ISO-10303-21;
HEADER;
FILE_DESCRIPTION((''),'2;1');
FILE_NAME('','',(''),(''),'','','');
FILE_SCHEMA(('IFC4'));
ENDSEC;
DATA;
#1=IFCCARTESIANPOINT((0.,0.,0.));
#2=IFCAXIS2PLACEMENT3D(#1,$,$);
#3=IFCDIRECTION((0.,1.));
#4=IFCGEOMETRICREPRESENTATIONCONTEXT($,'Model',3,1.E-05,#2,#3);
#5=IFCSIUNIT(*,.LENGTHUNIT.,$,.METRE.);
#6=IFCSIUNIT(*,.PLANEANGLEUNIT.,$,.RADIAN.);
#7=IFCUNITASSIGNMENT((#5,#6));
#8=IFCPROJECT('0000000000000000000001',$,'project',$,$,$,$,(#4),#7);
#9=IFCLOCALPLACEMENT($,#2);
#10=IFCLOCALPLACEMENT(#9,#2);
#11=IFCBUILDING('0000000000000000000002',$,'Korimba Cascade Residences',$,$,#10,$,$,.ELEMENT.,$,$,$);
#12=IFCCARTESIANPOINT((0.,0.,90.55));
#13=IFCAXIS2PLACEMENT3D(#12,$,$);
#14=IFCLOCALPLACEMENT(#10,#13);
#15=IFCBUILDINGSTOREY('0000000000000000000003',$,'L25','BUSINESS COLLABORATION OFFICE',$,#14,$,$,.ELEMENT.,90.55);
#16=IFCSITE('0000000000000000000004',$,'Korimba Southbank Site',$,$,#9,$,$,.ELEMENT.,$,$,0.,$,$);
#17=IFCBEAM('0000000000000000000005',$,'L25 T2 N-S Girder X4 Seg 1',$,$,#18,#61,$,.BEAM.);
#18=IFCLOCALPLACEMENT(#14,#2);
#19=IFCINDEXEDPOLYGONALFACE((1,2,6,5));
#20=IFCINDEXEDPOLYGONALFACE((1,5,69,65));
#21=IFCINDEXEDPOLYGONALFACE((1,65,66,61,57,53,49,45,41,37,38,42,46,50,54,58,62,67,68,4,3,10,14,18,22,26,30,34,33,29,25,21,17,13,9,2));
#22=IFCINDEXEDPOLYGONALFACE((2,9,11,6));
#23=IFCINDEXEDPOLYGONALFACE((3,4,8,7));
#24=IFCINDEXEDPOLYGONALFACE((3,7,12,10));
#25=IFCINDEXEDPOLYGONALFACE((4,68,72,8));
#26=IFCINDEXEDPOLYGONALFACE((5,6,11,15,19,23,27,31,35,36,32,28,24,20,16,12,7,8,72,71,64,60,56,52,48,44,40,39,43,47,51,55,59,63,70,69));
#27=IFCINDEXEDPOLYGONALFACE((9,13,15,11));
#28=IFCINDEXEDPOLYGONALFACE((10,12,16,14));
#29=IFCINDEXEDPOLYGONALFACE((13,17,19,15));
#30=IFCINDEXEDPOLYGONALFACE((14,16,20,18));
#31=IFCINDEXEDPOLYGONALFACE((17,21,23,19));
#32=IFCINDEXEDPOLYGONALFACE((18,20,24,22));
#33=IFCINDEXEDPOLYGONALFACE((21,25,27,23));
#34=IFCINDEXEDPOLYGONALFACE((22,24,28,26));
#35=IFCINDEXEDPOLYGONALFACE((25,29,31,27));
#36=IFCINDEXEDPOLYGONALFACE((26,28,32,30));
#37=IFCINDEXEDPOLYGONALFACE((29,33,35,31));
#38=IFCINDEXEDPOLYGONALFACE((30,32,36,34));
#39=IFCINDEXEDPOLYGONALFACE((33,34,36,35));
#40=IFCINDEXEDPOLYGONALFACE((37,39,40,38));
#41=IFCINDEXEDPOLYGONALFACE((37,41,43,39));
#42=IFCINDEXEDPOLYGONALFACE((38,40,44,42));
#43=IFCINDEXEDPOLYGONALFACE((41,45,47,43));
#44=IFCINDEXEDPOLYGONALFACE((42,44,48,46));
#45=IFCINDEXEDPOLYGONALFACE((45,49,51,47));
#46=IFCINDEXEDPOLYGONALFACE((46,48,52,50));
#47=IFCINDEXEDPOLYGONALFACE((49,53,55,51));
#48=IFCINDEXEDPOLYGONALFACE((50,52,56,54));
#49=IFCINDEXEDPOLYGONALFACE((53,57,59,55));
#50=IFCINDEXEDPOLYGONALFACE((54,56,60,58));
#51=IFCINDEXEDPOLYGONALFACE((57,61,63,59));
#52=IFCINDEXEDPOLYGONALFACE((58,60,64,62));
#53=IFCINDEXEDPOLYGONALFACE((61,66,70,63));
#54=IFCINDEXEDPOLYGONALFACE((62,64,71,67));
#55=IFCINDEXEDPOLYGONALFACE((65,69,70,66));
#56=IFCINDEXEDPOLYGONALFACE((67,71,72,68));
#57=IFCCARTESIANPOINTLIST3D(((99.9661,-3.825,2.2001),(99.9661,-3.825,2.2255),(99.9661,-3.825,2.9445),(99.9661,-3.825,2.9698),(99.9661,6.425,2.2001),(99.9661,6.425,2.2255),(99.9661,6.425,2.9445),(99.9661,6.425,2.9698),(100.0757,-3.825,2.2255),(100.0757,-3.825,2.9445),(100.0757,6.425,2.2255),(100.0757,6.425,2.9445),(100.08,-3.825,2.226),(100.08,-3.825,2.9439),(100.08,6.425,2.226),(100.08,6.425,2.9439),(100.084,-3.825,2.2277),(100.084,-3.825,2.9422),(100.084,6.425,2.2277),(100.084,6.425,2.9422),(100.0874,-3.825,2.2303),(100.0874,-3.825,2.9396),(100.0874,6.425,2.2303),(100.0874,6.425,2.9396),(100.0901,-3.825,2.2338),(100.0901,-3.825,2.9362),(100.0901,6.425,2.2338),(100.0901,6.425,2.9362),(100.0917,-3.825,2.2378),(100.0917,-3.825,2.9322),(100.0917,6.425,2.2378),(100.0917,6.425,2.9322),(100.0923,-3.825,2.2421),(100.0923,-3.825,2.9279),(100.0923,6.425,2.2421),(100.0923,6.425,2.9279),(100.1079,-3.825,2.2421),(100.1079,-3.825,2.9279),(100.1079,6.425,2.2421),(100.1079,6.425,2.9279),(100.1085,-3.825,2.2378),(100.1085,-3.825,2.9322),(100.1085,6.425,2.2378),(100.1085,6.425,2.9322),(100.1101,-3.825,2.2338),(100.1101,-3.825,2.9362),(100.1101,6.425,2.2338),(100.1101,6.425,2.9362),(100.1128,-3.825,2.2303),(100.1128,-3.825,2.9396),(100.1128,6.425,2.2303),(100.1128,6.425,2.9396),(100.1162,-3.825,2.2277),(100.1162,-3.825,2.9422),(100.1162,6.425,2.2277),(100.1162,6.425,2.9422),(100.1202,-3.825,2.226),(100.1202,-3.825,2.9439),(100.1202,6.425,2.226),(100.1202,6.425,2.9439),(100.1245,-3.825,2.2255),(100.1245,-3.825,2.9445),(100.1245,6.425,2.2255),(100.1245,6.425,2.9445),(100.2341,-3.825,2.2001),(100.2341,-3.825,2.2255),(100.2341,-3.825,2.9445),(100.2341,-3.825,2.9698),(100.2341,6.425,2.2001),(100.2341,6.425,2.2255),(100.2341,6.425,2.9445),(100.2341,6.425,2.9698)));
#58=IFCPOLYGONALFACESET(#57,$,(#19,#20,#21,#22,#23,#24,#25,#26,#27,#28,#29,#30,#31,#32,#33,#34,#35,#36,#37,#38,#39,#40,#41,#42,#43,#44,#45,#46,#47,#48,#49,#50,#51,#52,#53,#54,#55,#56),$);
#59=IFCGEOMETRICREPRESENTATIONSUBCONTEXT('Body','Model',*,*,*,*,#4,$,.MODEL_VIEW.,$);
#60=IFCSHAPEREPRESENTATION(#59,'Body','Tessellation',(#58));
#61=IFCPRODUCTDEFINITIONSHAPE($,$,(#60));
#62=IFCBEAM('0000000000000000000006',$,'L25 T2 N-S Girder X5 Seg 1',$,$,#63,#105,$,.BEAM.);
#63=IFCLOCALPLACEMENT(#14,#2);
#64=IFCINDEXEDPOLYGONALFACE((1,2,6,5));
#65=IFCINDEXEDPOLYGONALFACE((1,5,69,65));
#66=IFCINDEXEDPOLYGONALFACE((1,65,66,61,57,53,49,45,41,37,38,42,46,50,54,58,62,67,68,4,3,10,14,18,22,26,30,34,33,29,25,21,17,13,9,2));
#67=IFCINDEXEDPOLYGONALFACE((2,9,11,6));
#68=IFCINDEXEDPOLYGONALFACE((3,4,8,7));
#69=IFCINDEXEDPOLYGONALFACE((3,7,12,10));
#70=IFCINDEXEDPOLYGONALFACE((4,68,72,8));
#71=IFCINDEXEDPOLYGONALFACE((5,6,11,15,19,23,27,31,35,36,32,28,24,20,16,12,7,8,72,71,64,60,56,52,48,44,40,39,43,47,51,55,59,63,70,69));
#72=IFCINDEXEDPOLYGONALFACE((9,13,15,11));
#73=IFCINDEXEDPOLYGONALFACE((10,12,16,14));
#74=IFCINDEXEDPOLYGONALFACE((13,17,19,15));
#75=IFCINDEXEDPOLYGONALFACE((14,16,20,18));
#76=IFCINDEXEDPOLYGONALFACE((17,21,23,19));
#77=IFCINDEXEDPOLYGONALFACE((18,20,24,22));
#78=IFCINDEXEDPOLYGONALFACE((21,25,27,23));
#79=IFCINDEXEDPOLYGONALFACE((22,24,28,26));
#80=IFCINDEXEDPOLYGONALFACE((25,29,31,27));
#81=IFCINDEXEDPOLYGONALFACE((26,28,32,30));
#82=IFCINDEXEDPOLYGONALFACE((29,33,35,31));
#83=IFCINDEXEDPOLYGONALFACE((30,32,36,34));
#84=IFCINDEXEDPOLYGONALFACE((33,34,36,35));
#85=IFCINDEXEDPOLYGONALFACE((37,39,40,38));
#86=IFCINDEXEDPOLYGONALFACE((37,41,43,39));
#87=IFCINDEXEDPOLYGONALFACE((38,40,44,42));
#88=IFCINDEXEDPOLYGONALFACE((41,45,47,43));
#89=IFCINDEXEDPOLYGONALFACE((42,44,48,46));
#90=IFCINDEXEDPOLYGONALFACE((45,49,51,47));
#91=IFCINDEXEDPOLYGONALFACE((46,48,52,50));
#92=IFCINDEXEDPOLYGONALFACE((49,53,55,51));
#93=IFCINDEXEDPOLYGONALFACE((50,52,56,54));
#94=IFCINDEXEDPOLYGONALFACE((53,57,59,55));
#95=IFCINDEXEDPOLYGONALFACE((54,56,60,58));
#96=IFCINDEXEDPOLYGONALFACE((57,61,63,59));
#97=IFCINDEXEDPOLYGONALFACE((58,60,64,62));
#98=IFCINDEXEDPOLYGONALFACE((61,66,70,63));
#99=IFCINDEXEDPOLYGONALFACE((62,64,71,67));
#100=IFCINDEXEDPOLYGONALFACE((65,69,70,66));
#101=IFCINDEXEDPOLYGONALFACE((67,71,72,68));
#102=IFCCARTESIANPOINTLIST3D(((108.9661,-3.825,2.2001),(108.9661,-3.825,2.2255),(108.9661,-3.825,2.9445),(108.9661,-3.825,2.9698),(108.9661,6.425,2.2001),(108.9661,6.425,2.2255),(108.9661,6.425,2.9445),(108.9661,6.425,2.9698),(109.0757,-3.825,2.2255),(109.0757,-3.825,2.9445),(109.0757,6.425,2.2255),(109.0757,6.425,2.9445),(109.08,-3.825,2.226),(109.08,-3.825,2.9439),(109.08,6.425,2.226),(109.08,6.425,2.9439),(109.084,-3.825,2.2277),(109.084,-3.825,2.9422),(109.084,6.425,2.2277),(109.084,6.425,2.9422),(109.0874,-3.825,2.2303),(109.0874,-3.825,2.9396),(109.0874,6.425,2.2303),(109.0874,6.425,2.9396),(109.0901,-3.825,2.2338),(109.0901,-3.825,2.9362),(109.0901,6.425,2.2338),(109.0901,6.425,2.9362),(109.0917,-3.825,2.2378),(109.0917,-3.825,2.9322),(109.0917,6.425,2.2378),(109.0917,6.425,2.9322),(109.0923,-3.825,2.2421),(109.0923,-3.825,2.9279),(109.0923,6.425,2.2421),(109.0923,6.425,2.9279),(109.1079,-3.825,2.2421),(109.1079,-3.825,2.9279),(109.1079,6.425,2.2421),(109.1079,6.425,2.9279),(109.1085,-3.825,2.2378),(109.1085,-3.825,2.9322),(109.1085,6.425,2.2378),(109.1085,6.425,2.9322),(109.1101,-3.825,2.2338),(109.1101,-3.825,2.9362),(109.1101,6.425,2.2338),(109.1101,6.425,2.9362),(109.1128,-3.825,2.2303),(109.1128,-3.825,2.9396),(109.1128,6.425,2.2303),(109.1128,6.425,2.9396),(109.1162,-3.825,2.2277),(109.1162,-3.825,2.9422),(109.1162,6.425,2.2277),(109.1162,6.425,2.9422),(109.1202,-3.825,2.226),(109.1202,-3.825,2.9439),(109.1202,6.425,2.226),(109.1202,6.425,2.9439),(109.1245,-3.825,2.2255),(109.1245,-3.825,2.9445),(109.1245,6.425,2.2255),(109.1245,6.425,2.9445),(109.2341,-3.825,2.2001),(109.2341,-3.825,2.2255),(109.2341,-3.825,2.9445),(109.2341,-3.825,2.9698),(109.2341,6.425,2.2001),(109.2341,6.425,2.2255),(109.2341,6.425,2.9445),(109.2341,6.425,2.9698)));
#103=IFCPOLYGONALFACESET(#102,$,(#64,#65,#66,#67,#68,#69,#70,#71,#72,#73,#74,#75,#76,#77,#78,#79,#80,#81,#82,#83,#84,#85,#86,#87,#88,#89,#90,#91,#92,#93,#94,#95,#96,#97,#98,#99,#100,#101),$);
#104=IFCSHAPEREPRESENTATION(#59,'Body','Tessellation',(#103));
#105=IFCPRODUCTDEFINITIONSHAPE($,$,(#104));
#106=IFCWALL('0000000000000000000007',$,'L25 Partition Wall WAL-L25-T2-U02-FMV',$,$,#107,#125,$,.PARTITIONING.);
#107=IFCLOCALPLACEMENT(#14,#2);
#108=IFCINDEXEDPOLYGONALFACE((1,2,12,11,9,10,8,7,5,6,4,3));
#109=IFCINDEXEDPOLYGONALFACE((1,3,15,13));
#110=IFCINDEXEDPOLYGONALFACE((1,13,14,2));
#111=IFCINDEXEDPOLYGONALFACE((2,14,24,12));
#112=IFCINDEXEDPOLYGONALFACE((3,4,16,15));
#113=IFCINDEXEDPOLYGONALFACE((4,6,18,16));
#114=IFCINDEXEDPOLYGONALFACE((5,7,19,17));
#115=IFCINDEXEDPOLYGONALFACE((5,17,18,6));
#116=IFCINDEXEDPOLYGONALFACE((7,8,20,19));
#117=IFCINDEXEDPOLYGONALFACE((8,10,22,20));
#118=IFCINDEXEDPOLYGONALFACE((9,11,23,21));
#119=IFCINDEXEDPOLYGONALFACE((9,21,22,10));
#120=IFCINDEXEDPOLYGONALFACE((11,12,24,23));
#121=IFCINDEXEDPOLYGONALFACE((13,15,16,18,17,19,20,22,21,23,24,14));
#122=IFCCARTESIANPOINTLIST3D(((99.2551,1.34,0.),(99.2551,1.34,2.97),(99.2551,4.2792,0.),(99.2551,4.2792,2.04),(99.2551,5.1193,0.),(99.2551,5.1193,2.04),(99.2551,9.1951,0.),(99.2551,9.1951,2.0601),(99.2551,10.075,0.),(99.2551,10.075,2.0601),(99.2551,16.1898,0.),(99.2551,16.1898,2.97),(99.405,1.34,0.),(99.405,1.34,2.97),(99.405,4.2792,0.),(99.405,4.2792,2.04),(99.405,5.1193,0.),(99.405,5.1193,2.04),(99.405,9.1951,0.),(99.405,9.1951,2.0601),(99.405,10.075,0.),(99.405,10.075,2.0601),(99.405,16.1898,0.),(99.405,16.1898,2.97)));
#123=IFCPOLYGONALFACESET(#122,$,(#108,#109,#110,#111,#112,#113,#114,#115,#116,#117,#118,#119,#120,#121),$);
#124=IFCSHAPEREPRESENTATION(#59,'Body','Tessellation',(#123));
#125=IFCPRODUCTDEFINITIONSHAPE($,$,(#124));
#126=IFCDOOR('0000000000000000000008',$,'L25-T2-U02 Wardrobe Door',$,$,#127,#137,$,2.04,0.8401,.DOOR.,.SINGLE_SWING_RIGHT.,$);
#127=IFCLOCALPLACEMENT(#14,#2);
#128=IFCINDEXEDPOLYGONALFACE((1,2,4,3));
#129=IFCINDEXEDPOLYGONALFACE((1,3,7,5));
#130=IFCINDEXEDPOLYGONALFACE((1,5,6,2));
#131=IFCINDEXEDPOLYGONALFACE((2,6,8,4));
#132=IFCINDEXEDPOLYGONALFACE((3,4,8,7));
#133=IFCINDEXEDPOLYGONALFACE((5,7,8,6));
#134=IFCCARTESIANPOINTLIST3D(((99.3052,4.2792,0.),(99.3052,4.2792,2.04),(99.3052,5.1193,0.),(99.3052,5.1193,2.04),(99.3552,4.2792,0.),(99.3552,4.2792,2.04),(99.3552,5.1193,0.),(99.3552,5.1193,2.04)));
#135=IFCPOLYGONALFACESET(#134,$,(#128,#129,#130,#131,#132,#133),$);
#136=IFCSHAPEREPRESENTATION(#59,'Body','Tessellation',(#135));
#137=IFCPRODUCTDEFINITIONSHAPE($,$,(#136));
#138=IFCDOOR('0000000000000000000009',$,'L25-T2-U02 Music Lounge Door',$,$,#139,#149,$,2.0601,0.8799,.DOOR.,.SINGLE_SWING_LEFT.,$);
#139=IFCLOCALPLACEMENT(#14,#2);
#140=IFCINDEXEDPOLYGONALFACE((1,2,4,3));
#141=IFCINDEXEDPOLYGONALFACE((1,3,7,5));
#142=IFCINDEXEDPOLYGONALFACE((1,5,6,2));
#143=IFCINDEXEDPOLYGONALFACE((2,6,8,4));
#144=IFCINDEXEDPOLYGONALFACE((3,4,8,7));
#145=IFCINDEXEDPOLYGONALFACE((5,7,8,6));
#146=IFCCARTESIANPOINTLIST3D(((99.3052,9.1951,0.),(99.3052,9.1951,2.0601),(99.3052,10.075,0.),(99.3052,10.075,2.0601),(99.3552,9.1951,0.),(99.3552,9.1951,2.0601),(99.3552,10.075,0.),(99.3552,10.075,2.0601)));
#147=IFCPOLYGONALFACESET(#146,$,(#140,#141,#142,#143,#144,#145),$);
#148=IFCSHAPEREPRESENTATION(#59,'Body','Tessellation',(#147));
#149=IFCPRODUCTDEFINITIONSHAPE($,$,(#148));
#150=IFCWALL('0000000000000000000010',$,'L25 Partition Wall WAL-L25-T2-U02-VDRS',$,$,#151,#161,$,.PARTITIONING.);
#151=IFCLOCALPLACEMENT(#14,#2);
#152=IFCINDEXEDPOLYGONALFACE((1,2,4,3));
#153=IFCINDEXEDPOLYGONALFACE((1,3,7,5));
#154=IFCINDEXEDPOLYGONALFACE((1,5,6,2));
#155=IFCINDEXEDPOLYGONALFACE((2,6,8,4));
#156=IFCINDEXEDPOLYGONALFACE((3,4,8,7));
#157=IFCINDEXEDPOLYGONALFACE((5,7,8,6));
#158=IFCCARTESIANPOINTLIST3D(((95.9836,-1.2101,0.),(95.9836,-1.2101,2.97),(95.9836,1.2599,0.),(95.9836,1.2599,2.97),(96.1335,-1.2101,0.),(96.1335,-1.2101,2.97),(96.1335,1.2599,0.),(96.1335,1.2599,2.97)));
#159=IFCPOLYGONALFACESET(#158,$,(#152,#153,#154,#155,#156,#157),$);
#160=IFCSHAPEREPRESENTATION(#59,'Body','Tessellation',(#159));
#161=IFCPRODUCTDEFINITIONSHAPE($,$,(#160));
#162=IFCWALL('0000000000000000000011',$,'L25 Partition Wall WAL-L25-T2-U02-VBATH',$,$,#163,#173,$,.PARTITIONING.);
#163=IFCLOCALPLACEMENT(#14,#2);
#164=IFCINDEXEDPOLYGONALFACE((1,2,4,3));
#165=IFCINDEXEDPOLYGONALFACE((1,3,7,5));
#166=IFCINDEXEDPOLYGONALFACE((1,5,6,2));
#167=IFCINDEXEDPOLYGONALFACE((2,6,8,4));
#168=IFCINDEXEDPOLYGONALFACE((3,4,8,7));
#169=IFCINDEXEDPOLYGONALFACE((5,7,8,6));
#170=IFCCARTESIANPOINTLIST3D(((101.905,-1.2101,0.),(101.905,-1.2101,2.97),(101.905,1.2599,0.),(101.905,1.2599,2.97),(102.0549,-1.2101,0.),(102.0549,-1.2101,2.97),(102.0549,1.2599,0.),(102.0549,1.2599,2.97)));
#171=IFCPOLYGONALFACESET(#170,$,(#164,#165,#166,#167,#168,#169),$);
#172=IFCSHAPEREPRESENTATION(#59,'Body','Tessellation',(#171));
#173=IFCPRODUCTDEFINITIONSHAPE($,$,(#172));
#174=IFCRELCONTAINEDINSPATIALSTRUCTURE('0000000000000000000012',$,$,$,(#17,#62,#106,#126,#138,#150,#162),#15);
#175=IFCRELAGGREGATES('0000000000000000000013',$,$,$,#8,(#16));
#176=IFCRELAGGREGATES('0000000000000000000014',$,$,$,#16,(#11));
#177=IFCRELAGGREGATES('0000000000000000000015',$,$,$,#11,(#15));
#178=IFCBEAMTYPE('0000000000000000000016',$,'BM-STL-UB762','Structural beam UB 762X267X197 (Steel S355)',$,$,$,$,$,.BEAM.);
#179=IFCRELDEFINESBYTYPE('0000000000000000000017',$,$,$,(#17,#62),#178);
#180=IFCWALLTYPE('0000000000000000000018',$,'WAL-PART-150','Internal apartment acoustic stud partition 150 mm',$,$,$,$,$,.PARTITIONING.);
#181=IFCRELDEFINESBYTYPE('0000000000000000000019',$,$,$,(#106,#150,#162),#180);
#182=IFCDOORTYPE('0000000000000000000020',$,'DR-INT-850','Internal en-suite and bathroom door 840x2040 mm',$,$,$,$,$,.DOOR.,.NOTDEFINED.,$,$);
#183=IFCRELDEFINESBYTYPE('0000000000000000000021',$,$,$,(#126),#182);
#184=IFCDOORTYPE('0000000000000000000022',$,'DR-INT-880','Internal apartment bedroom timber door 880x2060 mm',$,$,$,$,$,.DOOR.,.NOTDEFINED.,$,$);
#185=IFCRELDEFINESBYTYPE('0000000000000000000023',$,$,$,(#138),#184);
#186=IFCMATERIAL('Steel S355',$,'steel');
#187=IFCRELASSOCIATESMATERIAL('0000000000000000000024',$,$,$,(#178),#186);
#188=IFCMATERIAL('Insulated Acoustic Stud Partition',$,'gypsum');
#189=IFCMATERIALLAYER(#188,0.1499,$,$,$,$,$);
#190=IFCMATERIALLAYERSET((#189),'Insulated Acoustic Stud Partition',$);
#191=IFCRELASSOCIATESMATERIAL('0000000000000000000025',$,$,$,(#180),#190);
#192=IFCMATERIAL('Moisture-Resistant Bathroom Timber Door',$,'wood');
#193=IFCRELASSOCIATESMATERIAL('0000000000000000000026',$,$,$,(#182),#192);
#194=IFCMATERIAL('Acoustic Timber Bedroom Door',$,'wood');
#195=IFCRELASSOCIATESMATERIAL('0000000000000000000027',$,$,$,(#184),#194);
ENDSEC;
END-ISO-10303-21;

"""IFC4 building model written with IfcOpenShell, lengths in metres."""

from ifc_helpers import new_model, si_unit, direction, frame, frame_2d, origin, origin_2d, place, context, subcontext, project, spatial, rectangle, i_section, extrude, material, layer, layer_set, material_profile, profile_set, type_object, element, fill, save


model = new_model("IFC4")

# Units and contexts
model_context = context("Model", 3, precision=1e-05, world=origin(), true_north=direction((0.0, 1.0)))
body_context = subcontext(model_context, "Body", "Model", "MODEL_VIEW")
ifc_project = project(units=[si_unit("LENGTHUNIT", "METRE"), si_unit("PLANEANGLEUNIT", "RADIAN")], contexts=[model_context])

# Site, building, storey
site_placement = place(None, origin())
site = spatial("IfcSite", under=ifc_project, at=site_placement, Name="Korimba Southbank Site", CompositionType="ELEMENT", RefElevation=0.0)
building_placement = place(site_placement, origin())
building = spatial("IfcBuilding", under=site, at=building_placement, Name="Korimba Cascade Residences", CompositionType="ELEMENT")
storey_placement = place(building_placement, frame((0.0, 0.0, 90.55)))
storey = spatial("IfcBuildingStorey", under=building, at=storey_placement, Name="L25", Description="BUSINESS COLLABORATION OFFICE", CompositionType="ELEMENT", Elevation=90.55)

# Beams
ifc_material_1 = material(Name="Steel S355", Category="steel")
ifc_material_profile_1 = material_profile(ifc_material_1, i_section(OverallWidth=0.2681, OverallDepth=0.7698, WebThickness=0.0156, FlangeThickness=0.0254, FilletRadius=0.0166, at=origin_2d()), Name="Steel S355")
ifc_profile_set_1 = profile_set([ifc_material_profile_1], Name="Steel S355")
beam_type_1 = type_object("IfcBeamType", Name="BM-STL-UB762", Description="Structural beam UB 762X267X197 (Steel S355)", PredefinedType="BEAM", material=ifc_profile_set_1)
for number, where, z_axis, x_axis, name in (
    (1, (100.1001, -3.825, 2.585), (0.0, 1.0, 0.0), (-1.0, 0.0, 0.0), "L25 T2 N-S Girder X4 Seg 1"),
    (2, (109.1001, -3.825, 2.585), (0.0, 1.0, 0.0), (-1.0, 0.0, 0.0), "L25 T2 N-S Girder X5 Seg 1"),
):
    element("IfcBeam", number, at=place(storey_placement, frame(where, z_axis=z_axis, x_axis=x_axis)), inside=storey, type_object=beam_type_1, Name=name, PredefinedType="BEAM", context=body_context, shape_type="SweptSolid", body=[
        extrude(i_section(OverallWidth=0.2681, OverallDepth=0.7698, WebThickness=0.0156, FlangeThickness=0.0254, FilletRadius=0.0166, at=origin_2d()), origin(), (0.0, 0.0, 1.0), 10.25),
    ])

# Wall, openings, doors
ifc_material_2 = material(Name="Insulated Acoustic Stud Partition", Category="gypsum")
ifc_layer = layer(ifc_material_2, 0.1499)
ifc_layer_set = layer_set([ifc_layer], Name="Insulated Acoustic Stud Partition")
wall_type = type_object("IfcWallType", Name="WAL-PART-150", Description="Internal apartment acoustic stud partition 150 mm", PredefinedType="PARTITIONING", material=ifc_layer_set)
wall_1_placement = place(storey_placement, frame((99.3301, 1.3401, 0.0), z_axis=(0.0, 0.0, 1.0), x_axis=(0.0, 1.0, 0.0)))
wall_1 = element("IfcWall", 3, at=wall_1_placement, inside=storey, type_object=wall_type, Name="L25 Partition Wall WAL-L25-T2-U02-FMV", PredefinedType="PARTITIONING", context=body_context, shape_type="SweptSolid", body=[
    extrude(rectangle(XDim=14.8499, YDim=0.1499, at=frame_2d((7.4248, 0.0))), origin(), (0.0, 0.0, 1.0), 2.97),
])
opening_1_placement = place(wall_1_placement, frame((2.9392, 0.0, 0.0)))
opening_1 = element("IfcOpeningElement", 4, at=opening_1_placement, cuts=wall_1, PredefinedType="OPENING", context=body_context, shape_type="SweptSolid", body=[
    extrude(rectangle(XDim=0.8401, YDim=2.04, at=frame_2d((0.4199, 1.02))), frame((0.0, 0.085, 0.0), z_axis=(0.0, -1.0, 0.0), x_axis=(1.0, 0.0, 0.0)), (0.0, 0.0, 1.0), 0.1699),
])
opening_2_placement = place(wall_1_placement, frame((7.855, 0.0, 0.0)))
opening_2 = element("IfcOpeningElement", 5, at=opening_2_placement, cuts=wall_1, PredefinedType="OPENING", context=body_context, shape_type="SweptSolid", body=[
    extrude(rectangle(XDim=0.8799, YDim=2.0601, at=frame_2d((0.4399, 1.03))), frame((0.0, 0.085, 0.0), z_axis=(0.0, -1.0, 0.0), x_axis=(1.0, 0.0, 0.0)), (0.0, 0.0, 1.0), 0.1699),
])
ifc_material_3 = material(Name="Moisture-Resistant Bathroom Timber Door", Category="wood")
door_type_1 = type_object("IfcDoorType", Name="DR-INT-850", Description="Internal en-suite and bathroom door 840x2040 mm", OperationType="NOTDEFINED", PredefinedType="DOOR", material=ifc_material_3)
door_1_placement = place(opening_1_placement, origin())
door_1 = element("IfcDoor", 6, at=door_1_placement, inside=storey, type_object=door_type_1, Name="L25-T2-U02 Wardrobe Door", OperationType="SINGLE_SWING_RIGHT", OverallHeight=2.04, OverallWidth=0.8401, PredefinedType="DOOR", context=body_context, shape_type="SweptSolid", body=[
    extrude(rectangle(XDim=0.8401, YDim=2.04, at=frame_2d((0.4199, 1.02))), frame((0.0, 0.0249, 0.0), z_axis=(0.0, -1.0, 0.0), x_axis=(1.0, 0.0, 0.0)), (0.0, 0.0, 1.0), 0.05),
])
fill(opening_1, door_1)
ifc_material_4 = material(Name="Acoustic Timber Bedroom Door", Category="wood")
door_type_2 = type_object("IfcDoorType", Name="DR-INT-880", Description="Internal apartment bedroom timber door 880x2060 mm", OperationType="NOTDEFINED", PredefinedType="DOOR", material=ifc_material_4)
door_2_placement = place(opening_2_placement, origin())
door_2 = element("IfcDoor", 7, at=door_2_placement, inside=storey, type_object=door_type_2, Name="L25-T2-U02 Music Lounge Door", OperationType="SINGLE_SWING_LEFT", OverallHeight=2.0601, OverallWidth=0.8799, PredefinedType="DOOR", context=body_context, shape_type="SweptSolid", body=[
    extrude(rectangle(XDim=0.8799, YDim=2.0601, at=frame_2d((0.4399, 1.03))), frame((0.0, 0.0249, 0.0), z_axis=(0.0, -1.0, 0.0), x_axis=(1.0, 0.0, 0.0)), (0.0, 0.0, 1.0), 0.05),
])
fill(opening_2, door_2)

# Walls
for number, where, z_axis, x_axis, name in (
    (8, (96.0586, -1.21, 0.0), (0.0, 0.0, 1.0), (0.0, 1.0, 0.0), "L25 Partition Wall WAL-L25-T2-U02-VDRS"),
    (9, (101.98, -1.21, 0.0), (0.0, 0.0, 1.0), (0.0, 1.0, 0.0), "L25 Partition Wall WAL-L25-T2-U02-VBATH"),
):
    element("IfcWall", number, at=place(storey_placement, frame(where, z_axis=z_axis, x_axis=x_axis)), inside=storey, type_object=wall_type, Name=name, PredefinedType="PARTITIONING", context=body_context, shape_type="SweptSolid", body=[
        extrude(rectangle(XDim=2.47, YDim=0.1499, at=frame_2d((1.2349, 0.0))), origin(), (0.0, 0.0, 1.0), 2.97),
    ])

save(model, "model.ifc")
